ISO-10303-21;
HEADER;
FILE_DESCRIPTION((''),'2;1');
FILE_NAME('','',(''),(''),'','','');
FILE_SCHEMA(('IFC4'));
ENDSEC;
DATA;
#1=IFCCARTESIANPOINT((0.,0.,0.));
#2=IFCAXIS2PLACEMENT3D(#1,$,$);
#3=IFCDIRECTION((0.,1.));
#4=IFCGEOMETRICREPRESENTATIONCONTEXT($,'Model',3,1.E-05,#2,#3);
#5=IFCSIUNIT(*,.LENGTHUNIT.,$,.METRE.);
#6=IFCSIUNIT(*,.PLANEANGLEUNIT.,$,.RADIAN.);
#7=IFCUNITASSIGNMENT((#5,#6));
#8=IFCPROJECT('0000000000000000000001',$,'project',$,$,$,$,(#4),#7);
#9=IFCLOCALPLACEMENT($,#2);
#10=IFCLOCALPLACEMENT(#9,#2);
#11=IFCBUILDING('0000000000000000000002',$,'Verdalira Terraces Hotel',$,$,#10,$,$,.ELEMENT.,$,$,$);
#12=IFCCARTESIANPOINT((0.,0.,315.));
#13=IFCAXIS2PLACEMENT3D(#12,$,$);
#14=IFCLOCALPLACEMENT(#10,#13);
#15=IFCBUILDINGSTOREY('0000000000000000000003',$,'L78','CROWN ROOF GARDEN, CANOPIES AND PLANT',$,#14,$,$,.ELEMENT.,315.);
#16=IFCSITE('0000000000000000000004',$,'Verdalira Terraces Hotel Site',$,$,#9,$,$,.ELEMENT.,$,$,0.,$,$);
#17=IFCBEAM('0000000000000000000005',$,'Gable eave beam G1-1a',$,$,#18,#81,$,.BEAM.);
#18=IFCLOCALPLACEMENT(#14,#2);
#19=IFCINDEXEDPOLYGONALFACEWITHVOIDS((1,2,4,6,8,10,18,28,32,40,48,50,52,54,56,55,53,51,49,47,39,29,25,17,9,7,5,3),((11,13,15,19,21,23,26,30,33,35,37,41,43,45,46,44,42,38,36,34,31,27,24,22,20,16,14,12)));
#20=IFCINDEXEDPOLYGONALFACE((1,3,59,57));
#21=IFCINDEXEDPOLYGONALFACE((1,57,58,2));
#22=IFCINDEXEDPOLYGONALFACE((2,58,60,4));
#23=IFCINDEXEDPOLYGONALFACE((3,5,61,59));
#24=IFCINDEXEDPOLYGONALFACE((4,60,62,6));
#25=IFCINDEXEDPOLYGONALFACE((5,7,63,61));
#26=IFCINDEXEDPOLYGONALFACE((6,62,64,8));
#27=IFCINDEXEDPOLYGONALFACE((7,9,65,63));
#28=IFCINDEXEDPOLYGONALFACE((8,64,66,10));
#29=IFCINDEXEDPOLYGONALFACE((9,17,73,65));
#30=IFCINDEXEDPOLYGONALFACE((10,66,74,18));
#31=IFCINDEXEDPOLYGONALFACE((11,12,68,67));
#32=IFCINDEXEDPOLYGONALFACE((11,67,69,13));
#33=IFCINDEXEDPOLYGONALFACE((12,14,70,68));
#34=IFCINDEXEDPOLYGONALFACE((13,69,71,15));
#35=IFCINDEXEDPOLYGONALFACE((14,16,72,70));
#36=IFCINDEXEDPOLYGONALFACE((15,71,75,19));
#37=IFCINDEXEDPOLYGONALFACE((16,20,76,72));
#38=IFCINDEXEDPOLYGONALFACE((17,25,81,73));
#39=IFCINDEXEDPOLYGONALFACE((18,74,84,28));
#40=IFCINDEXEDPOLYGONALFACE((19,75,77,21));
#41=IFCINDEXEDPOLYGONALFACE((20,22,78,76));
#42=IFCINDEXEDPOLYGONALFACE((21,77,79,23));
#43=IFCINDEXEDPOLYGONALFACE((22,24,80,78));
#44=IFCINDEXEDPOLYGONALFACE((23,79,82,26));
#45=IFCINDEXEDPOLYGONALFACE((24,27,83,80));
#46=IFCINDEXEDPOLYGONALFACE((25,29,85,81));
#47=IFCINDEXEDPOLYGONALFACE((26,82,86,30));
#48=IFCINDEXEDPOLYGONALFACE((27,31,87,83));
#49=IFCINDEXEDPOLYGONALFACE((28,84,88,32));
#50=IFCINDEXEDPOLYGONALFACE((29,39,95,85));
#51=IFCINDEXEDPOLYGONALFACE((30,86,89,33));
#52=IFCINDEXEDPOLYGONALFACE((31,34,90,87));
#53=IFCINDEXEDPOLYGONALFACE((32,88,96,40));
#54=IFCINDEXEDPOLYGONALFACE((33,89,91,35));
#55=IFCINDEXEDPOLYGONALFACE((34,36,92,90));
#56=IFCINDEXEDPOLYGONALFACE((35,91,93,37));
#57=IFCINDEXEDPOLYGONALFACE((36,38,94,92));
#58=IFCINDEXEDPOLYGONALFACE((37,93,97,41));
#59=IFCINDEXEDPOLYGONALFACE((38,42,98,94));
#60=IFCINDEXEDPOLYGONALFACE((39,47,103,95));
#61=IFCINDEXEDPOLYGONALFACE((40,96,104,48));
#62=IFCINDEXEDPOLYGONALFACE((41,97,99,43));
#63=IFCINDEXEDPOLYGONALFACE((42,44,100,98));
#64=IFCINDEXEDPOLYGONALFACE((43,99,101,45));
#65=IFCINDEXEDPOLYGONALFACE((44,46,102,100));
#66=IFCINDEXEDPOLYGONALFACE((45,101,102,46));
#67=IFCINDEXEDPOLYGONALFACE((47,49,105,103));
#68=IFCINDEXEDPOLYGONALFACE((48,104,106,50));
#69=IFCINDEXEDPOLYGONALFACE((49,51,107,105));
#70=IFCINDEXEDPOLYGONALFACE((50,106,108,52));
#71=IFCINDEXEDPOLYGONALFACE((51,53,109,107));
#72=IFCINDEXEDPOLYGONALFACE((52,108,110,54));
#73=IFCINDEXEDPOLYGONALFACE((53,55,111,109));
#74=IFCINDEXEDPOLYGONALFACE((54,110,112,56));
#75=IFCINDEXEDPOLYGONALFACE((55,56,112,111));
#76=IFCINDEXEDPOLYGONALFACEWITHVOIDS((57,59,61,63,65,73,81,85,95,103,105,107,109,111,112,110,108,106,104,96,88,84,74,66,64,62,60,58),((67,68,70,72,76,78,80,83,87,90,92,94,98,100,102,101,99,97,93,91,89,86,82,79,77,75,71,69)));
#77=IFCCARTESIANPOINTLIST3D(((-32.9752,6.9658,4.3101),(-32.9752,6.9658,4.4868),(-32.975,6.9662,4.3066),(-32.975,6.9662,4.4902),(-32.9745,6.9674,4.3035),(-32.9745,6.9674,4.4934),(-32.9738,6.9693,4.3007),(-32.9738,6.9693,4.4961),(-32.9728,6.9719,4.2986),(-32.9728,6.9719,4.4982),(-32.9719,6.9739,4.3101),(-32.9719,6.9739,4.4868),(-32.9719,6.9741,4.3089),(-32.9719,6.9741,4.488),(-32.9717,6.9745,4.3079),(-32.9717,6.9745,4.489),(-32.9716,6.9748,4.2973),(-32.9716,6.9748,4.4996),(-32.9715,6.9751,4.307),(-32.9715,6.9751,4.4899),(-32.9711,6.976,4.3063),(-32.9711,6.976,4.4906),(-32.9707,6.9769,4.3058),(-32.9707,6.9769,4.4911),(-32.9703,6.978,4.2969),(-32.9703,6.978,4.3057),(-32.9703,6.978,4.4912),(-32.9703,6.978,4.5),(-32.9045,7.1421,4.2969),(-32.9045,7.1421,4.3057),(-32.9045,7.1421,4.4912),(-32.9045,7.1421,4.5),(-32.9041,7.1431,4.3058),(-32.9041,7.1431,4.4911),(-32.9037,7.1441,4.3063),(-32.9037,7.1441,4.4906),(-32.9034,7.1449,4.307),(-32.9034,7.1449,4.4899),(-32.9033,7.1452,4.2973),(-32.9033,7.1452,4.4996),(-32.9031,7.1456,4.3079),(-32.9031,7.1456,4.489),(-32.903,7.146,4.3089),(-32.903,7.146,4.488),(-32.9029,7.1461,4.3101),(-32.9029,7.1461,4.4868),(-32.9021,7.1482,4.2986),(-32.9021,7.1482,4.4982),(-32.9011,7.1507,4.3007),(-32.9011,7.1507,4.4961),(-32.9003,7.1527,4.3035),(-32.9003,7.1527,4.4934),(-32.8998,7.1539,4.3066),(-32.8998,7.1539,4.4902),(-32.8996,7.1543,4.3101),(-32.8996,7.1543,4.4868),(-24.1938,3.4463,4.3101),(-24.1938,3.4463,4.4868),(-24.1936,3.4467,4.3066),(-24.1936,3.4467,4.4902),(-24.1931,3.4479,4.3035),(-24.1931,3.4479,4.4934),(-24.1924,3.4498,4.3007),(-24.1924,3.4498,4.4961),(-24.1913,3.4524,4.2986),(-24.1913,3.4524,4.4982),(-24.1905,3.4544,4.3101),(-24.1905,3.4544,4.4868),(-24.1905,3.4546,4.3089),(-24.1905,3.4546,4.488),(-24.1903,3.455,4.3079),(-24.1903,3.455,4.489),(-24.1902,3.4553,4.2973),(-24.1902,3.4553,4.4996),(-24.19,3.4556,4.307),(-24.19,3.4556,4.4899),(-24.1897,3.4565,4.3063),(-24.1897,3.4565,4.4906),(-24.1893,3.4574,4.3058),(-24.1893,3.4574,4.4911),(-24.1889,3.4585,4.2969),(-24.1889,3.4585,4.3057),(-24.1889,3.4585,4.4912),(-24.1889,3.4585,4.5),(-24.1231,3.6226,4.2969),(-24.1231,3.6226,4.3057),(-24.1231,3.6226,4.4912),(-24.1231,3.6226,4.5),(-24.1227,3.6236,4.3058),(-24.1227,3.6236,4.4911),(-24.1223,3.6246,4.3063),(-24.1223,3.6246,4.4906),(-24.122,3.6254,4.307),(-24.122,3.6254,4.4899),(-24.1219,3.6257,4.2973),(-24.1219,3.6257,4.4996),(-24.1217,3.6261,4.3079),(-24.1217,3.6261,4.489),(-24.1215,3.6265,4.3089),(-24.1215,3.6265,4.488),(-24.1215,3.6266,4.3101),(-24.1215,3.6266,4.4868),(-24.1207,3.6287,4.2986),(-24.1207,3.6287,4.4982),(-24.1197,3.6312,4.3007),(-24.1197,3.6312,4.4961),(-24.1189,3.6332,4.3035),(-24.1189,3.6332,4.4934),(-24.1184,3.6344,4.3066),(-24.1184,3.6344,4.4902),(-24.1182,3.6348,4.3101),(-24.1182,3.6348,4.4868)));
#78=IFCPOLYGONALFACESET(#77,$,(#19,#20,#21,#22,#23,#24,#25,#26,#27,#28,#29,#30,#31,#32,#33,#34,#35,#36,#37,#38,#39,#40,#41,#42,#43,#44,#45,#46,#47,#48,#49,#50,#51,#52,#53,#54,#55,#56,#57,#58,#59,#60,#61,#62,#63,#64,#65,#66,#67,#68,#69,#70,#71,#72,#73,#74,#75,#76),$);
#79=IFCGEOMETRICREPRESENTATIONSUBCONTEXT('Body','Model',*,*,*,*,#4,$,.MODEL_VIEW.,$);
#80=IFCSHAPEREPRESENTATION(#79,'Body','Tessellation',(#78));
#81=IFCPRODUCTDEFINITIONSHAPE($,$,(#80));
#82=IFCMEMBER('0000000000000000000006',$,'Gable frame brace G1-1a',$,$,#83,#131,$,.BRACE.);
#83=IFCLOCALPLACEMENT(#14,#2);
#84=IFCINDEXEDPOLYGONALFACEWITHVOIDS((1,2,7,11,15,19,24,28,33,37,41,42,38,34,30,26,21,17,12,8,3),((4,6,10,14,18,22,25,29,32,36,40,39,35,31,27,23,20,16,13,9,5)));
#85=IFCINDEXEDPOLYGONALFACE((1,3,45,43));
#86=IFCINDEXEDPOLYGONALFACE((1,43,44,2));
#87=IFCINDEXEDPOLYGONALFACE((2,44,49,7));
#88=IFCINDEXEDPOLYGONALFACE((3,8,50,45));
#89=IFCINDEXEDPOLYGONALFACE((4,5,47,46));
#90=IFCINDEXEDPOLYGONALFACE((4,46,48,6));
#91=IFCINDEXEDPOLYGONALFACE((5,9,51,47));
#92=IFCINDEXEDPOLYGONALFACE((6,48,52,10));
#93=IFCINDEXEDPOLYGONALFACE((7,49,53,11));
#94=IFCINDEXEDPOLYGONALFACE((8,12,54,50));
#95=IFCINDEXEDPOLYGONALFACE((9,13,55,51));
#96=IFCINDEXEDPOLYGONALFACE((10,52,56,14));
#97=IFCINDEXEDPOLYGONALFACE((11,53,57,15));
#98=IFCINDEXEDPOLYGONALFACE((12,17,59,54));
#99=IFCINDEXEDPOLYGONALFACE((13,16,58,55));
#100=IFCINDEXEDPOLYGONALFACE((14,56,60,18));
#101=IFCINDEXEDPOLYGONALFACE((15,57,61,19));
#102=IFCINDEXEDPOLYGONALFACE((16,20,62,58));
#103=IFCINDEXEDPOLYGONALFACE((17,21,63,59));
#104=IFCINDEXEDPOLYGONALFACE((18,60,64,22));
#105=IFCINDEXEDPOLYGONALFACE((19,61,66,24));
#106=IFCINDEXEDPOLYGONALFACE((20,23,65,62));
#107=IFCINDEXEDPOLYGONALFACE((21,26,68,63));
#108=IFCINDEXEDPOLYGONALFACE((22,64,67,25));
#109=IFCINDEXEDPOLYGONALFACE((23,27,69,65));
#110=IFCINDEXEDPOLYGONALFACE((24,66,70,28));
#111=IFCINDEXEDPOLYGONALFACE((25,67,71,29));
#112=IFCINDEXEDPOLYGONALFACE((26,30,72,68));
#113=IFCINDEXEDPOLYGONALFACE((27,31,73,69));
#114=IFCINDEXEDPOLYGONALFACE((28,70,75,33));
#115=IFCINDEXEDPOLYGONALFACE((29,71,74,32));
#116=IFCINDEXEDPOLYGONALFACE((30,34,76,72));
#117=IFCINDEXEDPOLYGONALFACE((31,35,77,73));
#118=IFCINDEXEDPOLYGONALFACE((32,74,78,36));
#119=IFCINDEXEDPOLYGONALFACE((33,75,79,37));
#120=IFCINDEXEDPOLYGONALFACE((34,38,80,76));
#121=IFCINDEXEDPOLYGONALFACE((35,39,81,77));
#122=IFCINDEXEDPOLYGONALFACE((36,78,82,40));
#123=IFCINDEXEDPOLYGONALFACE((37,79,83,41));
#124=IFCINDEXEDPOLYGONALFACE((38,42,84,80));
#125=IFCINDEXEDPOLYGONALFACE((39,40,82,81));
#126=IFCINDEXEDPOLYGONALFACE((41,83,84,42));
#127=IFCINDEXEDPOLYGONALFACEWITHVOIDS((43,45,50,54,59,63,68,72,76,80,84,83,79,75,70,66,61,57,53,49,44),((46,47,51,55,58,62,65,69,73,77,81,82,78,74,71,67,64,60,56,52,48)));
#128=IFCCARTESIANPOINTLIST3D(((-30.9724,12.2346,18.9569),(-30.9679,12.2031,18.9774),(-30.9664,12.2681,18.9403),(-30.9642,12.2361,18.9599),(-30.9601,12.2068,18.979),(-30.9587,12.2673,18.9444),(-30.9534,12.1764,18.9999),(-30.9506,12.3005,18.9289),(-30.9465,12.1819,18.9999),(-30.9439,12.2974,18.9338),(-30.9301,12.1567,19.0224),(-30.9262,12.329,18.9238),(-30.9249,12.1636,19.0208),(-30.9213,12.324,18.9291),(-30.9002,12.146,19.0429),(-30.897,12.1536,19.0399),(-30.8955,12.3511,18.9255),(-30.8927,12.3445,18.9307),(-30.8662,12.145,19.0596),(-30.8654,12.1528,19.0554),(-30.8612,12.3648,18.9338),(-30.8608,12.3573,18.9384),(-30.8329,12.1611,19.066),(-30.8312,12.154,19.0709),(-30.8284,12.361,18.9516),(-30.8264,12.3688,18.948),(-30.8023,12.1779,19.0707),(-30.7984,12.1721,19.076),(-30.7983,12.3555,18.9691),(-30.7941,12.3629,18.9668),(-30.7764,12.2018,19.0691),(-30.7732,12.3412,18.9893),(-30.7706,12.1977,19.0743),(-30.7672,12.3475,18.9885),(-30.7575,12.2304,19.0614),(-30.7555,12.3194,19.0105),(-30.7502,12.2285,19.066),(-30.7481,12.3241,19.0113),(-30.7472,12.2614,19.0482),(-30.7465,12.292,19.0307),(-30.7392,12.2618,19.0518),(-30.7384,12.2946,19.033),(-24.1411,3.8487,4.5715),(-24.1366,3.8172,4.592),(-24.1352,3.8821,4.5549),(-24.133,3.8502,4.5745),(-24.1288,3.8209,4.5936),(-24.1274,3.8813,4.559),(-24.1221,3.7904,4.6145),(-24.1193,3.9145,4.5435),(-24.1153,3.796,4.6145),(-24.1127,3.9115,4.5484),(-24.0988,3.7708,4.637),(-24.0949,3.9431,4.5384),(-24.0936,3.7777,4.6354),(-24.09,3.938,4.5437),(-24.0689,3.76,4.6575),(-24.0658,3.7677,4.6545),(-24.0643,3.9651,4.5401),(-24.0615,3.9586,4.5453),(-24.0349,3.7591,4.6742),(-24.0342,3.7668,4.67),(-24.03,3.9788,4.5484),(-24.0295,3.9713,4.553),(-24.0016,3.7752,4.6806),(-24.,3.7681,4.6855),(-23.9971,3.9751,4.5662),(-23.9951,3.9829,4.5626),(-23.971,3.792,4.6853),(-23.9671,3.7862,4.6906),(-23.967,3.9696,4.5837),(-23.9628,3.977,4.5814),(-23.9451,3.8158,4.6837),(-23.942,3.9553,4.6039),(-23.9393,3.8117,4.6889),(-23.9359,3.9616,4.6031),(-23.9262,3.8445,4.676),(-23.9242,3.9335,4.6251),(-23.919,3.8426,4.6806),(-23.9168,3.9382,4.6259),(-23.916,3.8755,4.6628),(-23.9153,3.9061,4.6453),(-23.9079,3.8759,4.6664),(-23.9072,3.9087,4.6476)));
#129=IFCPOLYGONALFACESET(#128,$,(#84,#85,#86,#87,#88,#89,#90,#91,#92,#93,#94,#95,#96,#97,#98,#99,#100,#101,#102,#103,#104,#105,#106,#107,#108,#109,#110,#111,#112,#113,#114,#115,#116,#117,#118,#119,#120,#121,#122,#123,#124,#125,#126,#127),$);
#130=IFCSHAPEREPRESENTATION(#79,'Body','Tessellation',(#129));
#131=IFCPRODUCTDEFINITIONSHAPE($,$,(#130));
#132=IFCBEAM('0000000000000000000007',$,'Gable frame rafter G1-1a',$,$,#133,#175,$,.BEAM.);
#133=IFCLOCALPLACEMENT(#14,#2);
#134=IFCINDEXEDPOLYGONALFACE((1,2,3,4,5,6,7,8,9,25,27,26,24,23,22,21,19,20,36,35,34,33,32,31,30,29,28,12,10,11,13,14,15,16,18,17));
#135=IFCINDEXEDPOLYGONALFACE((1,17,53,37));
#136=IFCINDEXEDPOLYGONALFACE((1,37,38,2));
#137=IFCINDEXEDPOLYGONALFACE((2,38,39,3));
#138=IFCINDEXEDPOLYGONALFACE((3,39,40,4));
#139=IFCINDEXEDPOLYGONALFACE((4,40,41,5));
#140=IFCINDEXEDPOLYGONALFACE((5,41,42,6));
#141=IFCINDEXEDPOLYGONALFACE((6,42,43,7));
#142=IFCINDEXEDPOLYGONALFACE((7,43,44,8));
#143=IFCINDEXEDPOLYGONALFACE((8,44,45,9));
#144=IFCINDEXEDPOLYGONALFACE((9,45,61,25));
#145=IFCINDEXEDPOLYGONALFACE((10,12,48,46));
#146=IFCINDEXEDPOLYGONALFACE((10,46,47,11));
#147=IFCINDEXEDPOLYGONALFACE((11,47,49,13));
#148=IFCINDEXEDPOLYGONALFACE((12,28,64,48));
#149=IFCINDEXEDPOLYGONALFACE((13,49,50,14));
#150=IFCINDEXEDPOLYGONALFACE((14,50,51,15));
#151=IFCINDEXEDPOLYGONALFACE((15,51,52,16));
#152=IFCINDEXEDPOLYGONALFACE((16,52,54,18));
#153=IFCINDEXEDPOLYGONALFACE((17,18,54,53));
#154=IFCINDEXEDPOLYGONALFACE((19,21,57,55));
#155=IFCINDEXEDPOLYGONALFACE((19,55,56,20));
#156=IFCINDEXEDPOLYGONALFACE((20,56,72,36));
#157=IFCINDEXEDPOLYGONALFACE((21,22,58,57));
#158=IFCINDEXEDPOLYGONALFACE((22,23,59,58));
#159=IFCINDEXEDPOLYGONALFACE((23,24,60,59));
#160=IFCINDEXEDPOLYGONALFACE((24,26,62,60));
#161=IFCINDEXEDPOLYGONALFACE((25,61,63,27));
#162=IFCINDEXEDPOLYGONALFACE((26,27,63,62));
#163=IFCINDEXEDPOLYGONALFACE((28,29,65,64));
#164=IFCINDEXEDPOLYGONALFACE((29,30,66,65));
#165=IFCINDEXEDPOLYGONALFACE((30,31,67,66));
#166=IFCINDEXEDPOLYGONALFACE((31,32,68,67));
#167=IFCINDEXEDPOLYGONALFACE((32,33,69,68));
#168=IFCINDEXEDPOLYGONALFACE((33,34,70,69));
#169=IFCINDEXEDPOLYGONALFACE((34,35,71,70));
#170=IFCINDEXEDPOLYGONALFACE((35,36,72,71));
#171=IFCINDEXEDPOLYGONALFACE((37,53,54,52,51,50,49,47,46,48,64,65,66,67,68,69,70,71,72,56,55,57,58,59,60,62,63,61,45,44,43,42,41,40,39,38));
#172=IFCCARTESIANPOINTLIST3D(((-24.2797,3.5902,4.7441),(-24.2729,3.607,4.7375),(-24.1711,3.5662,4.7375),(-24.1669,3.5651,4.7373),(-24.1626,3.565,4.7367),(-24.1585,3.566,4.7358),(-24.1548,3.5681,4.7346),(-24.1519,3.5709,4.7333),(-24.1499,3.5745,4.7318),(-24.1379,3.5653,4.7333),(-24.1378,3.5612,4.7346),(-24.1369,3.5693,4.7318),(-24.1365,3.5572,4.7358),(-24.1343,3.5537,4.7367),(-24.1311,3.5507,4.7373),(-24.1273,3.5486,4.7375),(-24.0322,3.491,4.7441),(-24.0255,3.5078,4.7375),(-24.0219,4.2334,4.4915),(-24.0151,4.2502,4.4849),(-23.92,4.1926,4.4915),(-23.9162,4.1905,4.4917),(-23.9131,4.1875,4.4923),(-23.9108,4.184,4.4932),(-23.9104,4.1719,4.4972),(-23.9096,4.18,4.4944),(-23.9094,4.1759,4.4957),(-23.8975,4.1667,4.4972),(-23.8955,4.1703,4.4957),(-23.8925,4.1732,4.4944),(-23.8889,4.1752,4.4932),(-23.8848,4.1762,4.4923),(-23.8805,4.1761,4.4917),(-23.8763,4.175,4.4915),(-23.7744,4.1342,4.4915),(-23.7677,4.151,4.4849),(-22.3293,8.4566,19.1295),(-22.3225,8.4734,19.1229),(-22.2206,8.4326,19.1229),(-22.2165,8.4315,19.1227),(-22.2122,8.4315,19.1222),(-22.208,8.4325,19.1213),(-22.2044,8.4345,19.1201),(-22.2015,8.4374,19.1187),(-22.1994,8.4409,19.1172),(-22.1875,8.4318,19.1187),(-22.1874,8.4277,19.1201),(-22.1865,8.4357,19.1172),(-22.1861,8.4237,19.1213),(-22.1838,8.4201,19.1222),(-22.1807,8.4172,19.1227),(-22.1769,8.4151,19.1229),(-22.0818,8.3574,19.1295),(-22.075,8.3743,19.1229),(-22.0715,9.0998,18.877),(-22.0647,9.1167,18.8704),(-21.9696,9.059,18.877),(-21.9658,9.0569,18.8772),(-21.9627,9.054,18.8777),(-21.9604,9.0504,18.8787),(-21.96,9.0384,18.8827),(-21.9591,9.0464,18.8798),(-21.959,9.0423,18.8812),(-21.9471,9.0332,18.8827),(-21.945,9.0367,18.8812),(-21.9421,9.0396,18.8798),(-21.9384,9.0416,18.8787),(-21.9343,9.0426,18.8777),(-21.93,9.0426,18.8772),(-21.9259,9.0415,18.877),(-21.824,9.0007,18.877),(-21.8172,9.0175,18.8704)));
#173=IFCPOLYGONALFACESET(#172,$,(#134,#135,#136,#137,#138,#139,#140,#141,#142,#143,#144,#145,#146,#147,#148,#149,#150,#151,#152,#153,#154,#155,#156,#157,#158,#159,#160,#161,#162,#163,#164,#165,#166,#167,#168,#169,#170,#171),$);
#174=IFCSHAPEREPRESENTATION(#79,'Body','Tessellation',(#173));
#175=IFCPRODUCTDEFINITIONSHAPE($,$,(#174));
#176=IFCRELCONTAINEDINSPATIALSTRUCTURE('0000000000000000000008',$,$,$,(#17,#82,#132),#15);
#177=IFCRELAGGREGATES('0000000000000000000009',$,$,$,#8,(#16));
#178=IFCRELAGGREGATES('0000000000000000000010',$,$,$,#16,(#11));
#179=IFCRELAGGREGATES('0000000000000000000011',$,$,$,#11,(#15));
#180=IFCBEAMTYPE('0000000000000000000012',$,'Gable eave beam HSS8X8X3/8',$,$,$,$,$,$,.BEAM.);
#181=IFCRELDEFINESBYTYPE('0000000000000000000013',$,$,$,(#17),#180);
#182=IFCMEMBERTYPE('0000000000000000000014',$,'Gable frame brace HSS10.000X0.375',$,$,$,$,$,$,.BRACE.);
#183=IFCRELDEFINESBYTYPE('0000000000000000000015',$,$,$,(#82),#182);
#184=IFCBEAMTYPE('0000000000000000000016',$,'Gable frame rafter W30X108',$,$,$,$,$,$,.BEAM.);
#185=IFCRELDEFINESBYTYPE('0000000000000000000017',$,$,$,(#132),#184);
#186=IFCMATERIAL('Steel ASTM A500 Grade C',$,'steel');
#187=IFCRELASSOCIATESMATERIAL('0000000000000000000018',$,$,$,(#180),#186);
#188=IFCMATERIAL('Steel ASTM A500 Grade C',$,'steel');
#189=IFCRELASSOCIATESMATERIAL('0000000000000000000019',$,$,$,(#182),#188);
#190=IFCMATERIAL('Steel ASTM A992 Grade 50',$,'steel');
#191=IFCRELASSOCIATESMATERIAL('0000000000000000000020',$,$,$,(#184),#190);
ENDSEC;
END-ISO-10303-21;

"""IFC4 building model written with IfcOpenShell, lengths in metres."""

from ifc_helpers import new_model, si_unit, direction, frame, origin, origin_2d, place, context, subcontext, project, spatial, hollow_rectangle, hollow_circle, i_section, extrude, material, material_profile, profile_set, type_object, element, save


model = new_model("IFC4")

# Units and contexts
model_context = context("Model", 3, precision=1e-05, world=origin(), true_north=direction((0.0, 1.0)))
body_context = subcontext(model_context, "Body", "Model", "MODEL_VIEW")
ifc_project = project(units=[si_unit("LENGTHUNIT", "METRE"), si_unit("PLANEANGLEUNIT", "RADIAN")], contexts=[model_context])

# Site, building, storey
site_placement = place(None, origin())
site = spatial("IfcSite", under=ifc_project, at=site_placement, Name="Verdalira Terraces Hotel Site", CompositionType="ELEMENT", RefElevation=0.0)
building_placement = place(site_placement, origin())
building = spatial("IfcBuilding", under=site, at=building_placement, Name="Verdalira Terraces Hotel", CompositionType="ELEMENT")
storey_placement = place(building_placement, frame((0.0, 0.0, 315.0)))
storey = spatial("IfcBuildingStorey", under=building, at=storey_placement, Name="L78", Description="CROWN ROOF GARDEN, CANOPIES AND PLANT", CompositionType="ELEMENT", Elevation=315.0)

# Beam
ifc_material_1 = material(Name="Steel ASTM A500 Grade C", Category="steel")
ifc_material_profile_1 = material_profile(ifc_material_1, hollow_rectangle(XDim=0.2031, YDim=0.2031, WallThickness=0.0088, InnerFilletRadius=0.0044, OuterFilletRadius=0.0132, at=origin_2d()), Name="HSS8X8X3/8")
ifc_profile_set_1 = profile_set([ifc_material_profile_1], Name="Steel ASTM A500 Grade C")
beam_type_1 = type_object("IfcBeamType", Name="Gable eave beam HSS8X8X3/8", PredefinedType="BEAM", material=ifc_profile_set_1)
beam_1_placement = place(storey_placement, frame((-24.156, 3.5405, 4.3984), z_axis=(-0.928224, 0.372022, 0.0), x_axis=(-0.372022, -0.928224, 0.0)))
element("IfcBeam", 1, at=beam_1_placement, inside=storey, type_object=beam_type_1, Name="Gable eave beam G1-1a", PredefinedType="BEAM", context=body_context, shape_type="SweptSolid", body=[
    extrude(hollow_rectangle(XDim=0.2031, YDim=0.2031, WallThickness=0.0088, InnerFilletRadius=0.0044, OuterFilletRadius=0.0132, at=origin_2d()), origin(), (0.0, 0.0, 1.0), 9.4604),
])

# Member
ifc_material_2 = material(Name="Steel ASTM A500 Grade C", Category="steel")
ifc_material_profile_2 = material_profile(ifc_material_2, hollow_circle(Radius=0.127, WallThickness=0.0088, at=origin_2d()), Name="HSS10.000X0.375")
ifc_profile_set_2 = profile_set([ifc_material_profile_2], Name="Steel ASTM A500 Grade C")
member_type_1 = type_object("IfcMemberType", Name="Gable frame brace HSS10.000X0.375", PredefinedType="BRACE", material=ifc_profile_set_2)
member_1_placement = place(storey_placement, frame((-24.0237, 3.8706, 4.6145), z_axis=(-0.379555, 0.465936, 0.799276), x_axis=(-0.775313, -0.631577, 0.0)))
element("IfcMember", 2, at=member_1_placement, inside=storey, type_object=member_type_1, Name="Gable frame brace G1-1a", PredefinedType="BRACE", context=body_context, shape_type="SweptSolid", body=[
    extrude(hollow_circle(Radius=0.127, WallThickness=0.0088, at=origin_2d()), origin(), (0.0, 0.0, 1.0), 17.998),
])

# Beam
ifc_material_3 = material(Name="Steel ASTM A992 Grade 50", Category="steel")
ifc_material_profile_3 = material_profile(ifc_material_3, i_section(OverallWidth=0.2666, OverallDepth=0.7568, WebThickness=0.0139, FlangeThickness=0.0193, FilletRadius=0.0166, at=origin_2d()), Name="W30X108")
ifc_profile_set_3 = profile_set([ifc_material_profile_3], Name="Steel ASTM A992 Grade 50")
beam_type_2 = type_object("IfcBeamType", Name="Gable frame rafter W30X108", PredefinedType="BEAM", material=ifc_profile_set_3)
for number, where, z_axis, x_axis, name in (
    (3, (-24.0237, 3.8706, 4.6145), (0.127387, 0.317839, 0.939548), (-0.928223, 0.372025, 0.0), "Gable frame rafter G1-1a"),
):
    element("IfcBeam", number, at=place(storey_placement, frame(where, z_axis=z_axis, x_axis=x_axis)), inside=storey, type_object=beam_type_2, Name=name, PredefinedType="BEAM", context=body_context, shape_type="SweptSolid", body=[
        extrude(i_section(OverallWidth=0.2666, OverallDepth=0.7568, WebThickness=0.0139, FlangeThickness=0.0193, FilletRadius=0.0166, at=origin_2d()), origin(), (0.0, 0.0, 1.0), 15.311),
    ])

save(model, "model.ifc")
